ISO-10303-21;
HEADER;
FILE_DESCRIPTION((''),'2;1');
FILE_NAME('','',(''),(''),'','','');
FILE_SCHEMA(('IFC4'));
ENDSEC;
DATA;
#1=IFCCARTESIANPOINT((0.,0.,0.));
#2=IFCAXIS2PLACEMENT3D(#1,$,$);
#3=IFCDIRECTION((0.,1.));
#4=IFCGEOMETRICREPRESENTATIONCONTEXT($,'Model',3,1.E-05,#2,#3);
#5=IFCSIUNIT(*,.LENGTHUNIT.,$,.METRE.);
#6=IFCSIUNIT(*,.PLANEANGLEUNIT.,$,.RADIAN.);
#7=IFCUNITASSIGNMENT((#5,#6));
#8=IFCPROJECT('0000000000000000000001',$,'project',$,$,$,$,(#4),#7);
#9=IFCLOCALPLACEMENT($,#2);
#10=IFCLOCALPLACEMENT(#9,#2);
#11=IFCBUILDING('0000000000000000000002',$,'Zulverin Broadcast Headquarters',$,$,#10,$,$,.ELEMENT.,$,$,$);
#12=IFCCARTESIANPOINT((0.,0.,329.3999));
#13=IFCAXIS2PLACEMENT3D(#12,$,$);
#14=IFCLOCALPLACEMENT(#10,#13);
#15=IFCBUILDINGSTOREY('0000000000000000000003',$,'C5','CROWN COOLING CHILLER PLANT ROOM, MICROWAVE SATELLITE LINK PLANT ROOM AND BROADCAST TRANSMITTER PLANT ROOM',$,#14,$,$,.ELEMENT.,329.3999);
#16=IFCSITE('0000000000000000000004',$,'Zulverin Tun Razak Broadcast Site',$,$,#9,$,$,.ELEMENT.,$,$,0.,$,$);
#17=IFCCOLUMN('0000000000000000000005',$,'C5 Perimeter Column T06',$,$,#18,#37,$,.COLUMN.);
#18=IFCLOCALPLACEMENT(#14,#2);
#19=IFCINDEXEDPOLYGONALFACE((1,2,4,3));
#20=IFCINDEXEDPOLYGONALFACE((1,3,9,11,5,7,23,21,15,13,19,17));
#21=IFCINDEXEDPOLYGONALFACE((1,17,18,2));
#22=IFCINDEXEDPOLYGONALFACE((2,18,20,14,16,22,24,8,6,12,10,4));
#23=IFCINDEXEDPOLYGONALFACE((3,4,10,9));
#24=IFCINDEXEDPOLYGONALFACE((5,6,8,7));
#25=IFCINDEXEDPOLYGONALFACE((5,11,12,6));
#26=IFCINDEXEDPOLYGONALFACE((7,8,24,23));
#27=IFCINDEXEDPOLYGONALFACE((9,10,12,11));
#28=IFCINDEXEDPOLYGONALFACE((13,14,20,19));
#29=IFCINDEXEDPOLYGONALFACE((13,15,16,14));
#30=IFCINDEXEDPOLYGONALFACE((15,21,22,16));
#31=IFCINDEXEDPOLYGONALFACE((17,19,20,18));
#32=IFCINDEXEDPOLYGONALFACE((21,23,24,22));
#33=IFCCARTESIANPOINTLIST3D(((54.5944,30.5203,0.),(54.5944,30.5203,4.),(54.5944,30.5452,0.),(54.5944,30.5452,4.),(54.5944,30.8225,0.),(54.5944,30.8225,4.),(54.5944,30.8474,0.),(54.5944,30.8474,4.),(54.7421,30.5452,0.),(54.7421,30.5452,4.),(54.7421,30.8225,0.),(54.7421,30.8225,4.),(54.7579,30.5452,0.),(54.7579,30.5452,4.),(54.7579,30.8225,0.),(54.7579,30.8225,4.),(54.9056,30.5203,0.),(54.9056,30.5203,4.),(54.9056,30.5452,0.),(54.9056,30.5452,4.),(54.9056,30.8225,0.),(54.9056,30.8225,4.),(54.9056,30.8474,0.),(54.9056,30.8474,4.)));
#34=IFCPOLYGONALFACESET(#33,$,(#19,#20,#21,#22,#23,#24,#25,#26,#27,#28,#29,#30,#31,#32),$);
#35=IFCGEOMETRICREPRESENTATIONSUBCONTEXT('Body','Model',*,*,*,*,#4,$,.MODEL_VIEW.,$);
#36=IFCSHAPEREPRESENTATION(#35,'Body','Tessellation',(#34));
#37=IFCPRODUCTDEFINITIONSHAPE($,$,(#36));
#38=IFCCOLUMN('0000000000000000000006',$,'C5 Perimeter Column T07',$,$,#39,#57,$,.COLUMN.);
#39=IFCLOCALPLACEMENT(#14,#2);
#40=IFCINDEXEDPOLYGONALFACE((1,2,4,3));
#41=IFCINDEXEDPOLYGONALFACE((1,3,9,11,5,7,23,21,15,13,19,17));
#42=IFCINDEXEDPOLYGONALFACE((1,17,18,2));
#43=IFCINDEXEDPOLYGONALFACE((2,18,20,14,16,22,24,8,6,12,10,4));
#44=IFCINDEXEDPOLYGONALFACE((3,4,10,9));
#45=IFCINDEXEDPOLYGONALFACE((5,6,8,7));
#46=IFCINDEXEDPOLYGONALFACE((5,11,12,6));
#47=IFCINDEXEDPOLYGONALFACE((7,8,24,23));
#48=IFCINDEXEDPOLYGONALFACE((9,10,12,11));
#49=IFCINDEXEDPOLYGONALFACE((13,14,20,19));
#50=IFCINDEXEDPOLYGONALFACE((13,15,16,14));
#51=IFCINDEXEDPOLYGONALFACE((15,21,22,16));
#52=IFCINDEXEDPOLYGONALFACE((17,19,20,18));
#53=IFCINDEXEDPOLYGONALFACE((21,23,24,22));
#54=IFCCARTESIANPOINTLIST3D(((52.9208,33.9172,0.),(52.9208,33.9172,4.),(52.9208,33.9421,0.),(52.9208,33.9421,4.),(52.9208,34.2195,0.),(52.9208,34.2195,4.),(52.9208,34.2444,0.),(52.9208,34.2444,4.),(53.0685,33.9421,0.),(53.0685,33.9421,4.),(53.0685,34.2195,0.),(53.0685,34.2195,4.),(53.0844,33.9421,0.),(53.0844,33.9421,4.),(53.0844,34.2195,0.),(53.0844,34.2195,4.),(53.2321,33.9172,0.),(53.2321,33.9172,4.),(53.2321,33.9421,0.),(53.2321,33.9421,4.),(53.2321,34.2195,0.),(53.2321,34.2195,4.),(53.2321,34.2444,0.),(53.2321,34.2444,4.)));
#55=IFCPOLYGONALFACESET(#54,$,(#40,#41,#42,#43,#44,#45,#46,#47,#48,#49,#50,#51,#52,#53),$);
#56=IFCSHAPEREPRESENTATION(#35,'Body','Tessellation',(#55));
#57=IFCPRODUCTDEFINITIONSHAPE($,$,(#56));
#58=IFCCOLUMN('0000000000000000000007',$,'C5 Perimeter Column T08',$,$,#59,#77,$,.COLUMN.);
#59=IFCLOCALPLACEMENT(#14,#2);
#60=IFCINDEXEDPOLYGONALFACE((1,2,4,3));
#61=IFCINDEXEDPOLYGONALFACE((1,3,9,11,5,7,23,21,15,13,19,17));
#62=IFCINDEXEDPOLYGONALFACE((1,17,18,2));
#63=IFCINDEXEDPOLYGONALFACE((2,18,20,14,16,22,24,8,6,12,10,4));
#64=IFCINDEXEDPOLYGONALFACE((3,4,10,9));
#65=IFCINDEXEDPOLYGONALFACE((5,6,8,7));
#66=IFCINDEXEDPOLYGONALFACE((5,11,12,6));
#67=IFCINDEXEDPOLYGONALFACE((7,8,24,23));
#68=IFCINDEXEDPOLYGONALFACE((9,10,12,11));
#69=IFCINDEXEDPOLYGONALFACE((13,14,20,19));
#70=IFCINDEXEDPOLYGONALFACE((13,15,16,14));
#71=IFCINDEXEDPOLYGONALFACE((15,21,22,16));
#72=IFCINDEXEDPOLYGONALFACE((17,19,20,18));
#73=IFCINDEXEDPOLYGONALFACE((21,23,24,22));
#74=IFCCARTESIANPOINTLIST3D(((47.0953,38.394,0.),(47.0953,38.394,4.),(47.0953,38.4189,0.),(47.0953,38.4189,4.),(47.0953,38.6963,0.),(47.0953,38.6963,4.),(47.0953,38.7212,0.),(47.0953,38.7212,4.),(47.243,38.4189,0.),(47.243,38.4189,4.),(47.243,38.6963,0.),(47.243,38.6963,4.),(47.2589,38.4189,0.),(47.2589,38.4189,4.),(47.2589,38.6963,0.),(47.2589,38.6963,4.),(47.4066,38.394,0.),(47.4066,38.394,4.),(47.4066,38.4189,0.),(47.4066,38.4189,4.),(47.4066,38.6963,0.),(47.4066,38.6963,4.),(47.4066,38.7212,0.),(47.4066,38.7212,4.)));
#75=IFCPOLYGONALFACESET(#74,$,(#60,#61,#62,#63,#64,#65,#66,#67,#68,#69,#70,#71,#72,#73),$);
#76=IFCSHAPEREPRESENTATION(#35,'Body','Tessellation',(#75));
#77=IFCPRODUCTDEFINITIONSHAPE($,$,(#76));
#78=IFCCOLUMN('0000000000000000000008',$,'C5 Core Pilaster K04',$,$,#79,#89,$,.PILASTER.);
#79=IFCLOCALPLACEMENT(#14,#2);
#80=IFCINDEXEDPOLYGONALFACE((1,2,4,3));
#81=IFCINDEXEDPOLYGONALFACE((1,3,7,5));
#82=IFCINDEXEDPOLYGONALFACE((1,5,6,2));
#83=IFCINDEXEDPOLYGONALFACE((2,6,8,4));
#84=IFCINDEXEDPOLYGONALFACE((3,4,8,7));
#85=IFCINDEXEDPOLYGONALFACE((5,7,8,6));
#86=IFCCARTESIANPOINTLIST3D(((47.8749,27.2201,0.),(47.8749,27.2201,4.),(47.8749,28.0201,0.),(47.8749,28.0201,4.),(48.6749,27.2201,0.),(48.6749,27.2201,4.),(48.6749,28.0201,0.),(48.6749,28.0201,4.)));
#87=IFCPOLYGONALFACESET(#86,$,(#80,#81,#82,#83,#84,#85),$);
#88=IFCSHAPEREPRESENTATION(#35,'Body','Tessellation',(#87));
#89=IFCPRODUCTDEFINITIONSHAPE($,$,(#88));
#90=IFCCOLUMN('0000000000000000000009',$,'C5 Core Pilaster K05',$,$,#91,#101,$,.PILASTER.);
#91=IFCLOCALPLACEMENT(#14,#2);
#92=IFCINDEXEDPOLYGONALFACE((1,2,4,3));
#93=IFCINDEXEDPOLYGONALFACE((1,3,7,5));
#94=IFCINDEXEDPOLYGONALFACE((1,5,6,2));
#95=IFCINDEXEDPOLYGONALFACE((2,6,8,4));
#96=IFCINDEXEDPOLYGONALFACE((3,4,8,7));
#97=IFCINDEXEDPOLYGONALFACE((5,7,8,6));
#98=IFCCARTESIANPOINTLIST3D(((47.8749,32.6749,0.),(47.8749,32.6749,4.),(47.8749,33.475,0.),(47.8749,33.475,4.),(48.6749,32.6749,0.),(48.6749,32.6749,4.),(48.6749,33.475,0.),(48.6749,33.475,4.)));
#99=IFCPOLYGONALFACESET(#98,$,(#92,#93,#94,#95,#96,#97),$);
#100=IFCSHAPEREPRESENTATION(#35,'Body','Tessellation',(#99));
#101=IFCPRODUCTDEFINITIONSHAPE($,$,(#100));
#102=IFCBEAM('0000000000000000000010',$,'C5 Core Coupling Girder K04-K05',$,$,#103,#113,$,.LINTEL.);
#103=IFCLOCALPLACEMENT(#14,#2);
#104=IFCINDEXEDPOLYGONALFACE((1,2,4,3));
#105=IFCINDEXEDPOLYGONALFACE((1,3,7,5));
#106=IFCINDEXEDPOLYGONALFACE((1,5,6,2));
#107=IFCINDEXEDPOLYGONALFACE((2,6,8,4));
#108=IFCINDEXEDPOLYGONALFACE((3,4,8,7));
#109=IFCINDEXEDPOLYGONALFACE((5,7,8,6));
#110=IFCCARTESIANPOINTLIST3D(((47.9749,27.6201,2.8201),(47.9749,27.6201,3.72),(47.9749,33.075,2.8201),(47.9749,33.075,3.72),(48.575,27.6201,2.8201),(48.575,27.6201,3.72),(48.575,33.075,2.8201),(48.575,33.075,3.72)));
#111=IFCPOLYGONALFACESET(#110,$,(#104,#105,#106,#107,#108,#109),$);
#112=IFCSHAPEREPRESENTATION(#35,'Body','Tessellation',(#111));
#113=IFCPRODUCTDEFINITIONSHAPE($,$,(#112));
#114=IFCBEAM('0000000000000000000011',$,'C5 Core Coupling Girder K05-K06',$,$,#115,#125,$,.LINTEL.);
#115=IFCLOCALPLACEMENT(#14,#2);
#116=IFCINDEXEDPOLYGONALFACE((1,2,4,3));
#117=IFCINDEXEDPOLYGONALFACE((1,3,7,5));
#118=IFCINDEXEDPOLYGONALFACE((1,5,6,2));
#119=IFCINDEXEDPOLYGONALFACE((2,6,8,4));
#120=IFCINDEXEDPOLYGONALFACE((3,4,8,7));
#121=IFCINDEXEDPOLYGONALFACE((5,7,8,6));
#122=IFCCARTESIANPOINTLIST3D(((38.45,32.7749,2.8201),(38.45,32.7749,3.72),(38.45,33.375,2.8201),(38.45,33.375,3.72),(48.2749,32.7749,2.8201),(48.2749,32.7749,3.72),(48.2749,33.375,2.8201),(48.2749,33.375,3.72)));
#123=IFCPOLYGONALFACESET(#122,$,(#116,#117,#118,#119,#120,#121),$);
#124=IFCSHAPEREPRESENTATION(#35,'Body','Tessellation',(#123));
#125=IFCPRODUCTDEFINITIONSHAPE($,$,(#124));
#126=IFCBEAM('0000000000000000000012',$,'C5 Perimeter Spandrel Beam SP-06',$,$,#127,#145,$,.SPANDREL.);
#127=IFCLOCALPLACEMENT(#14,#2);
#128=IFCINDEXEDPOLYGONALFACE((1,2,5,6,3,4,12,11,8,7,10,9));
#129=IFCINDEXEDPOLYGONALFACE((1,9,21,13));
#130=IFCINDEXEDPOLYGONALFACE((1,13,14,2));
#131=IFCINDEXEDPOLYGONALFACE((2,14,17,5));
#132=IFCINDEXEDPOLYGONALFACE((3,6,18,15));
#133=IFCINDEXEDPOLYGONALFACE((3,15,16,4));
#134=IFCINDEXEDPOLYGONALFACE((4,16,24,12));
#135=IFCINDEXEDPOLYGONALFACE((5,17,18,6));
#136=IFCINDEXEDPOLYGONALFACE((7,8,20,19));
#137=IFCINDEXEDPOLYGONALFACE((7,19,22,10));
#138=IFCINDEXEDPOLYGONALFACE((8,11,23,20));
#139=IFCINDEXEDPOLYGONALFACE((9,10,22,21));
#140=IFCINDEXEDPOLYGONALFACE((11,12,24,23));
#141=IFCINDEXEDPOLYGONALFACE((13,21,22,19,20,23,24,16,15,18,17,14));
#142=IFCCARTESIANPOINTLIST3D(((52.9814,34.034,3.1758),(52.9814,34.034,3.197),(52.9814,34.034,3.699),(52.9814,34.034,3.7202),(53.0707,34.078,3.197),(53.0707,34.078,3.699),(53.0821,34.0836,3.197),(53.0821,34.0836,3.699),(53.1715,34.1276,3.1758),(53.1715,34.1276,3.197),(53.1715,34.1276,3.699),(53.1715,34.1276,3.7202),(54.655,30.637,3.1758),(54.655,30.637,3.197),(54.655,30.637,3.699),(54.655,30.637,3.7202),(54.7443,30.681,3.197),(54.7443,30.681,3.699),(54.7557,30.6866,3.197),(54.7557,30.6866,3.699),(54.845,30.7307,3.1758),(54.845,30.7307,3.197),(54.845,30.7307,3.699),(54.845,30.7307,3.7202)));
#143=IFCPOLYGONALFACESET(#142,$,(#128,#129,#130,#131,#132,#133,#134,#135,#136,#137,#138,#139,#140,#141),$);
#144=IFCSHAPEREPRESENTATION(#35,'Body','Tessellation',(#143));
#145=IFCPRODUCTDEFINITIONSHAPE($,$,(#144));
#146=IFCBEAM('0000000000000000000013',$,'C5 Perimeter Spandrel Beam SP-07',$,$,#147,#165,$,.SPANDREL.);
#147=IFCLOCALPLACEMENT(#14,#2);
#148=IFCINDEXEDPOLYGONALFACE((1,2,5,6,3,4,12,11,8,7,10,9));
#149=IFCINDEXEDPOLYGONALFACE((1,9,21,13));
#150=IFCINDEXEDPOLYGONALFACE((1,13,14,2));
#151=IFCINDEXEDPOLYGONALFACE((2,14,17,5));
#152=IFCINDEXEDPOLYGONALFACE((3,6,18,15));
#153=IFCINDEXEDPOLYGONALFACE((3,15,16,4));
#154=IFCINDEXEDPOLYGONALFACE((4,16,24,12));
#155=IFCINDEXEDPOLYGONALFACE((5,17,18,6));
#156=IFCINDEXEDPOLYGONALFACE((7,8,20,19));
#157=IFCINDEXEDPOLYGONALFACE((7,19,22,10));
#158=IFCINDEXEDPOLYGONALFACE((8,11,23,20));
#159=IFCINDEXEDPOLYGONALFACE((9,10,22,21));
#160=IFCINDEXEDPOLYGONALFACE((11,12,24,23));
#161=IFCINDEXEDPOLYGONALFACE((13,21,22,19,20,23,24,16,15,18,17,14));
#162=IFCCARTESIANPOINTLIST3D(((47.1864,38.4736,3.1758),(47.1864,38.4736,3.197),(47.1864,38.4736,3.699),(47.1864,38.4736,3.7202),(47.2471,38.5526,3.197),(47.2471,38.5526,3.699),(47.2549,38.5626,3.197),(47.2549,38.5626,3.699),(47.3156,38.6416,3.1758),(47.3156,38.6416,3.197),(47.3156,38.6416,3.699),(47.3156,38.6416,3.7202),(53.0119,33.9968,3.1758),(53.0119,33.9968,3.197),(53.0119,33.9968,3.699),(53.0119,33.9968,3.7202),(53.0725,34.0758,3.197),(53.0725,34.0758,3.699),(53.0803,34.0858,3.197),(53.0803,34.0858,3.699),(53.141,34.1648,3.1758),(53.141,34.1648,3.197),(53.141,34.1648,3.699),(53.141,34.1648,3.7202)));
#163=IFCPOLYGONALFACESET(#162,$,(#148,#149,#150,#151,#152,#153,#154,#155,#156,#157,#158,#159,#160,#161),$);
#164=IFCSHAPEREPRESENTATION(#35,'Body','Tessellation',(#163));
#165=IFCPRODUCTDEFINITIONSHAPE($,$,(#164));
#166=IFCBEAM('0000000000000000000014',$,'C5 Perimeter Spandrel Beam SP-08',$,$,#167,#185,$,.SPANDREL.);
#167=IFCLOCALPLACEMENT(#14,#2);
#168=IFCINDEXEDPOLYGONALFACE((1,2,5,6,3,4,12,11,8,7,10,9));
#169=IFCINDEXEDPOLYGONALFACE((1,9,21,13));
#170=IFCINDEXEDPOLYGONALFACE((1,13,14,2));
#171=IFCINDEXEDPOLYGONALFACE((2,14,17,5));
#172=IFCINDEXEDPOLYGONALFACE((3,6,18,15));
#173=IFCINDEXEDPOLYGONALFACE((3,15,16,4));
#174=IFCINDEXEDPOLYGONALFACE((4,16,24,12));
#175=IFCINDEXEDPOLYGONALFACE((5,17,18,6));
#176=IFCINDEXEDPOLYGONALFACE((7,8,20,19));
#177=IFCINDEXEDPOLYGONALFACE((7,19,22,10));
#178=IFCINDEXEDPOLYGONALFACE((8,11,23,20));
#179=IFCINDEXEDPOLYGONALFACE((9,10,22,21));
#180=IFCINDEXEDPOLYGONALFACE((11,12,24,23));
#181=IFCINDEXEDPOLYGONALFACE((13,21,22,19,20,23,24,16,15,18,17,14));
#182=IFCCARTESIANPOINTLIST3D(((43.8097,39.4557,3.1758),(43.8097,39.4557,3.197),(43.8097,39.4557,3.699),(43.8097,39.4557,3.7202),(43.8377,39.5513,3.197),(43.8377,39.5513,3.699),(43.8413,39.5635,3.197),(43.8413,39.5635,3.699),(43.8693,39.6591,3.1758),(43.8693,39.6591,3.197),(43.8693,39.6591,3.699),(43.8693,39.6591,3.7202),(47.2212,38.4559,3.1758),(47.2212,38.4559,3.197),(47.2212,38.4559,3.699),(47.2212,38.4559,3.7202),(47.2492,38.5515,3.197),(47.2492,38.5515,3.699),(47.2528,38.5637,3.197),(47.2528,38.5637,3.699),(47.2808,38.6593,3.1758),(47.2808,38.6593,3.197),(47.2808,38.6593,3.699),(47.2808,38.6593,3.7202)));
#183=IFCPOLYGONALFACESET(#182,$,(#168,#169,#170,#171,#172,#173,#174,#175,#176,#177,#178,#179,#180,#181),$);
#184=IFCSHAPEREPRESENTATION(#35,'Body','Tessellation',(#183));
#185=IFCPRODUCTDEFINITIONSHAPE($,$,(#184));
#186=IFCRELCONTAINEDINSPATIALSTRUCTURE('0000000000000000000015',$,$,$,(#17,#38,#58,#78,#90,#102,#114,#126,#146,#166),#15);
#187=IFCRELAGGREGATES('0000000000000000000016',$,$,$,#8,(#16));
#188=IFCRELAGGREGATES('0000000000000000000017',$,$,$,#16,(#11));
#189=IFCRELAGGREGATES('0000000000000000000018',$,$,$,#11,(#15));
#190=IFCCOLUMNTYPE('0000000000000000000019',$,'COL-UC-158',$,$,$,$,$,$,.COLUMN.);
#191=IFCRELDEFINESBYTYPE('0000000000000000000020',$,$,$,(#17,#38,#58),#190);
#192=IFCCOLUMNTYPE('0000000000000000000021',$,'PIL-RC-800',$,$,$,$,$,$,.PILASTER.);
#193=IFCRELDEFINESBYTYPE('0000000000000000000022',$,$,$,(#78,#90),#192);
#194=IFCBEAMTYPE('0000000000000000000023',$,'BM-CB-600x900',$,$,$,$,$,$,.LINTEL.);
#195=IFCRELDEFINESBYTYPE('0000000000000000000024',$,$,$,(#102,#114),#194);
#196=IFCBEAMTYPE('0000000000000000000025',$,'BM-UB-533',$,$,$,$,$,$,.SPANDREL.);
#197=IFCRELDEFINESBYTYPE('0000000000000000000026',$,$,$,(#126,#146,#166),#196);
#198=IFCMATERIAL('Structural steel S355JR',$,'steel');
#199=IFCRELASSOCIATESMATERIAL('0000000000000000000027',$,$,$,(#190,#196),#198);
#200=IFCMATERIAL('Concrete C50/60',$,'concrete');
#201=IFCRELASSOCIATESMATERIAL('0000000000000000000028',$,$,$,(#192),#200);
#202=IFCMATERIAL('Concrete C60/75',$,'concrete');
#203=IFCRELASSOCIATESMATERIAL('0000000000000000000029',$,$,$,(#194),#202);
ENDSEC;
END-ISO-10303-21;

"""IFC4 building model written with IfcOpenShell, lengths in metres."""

from ifc_helpers import new_model, si_unit, direction, frame, origin, origin_2d, place, context, subcontext, project, spatial, rectangle, i_section, extrude, material, material_profile, profile_set, type_object, element, save


model = new_model("IFC4")

# Units and contexts
model_context = context("Model", 3, precision=1e-05, world=origin(), true_north=direction((0.0, 1.0)))
body_context = subcontext(model_context, "Body", "Model", "MODEL_VIEW")
ifc_project = project(units=[si_unit("LENGTHUNIT", "METRE"), si_unit("PLANEANGLEUNIT", "RADIAN")], contexts=[model_context])

# Site, building, storey
site_placement = place(None, origin())
site = spatial("IfcSite", under=ifc_project, at=site_placement, Name="Zulverin Tun Razak Broadcast Site", CompositionType="ELEMENT", RefElevation=0.0)
building_placement = place(site_placement, origin())
building = spatial("IfcBuilding", under=site, at=building_placement, Name="Zulverin Broadcast Headquarters", CompositionType="ELEMENT")
storey_placement = place(building_placement, frame((0.0, 0.0, 329.3999)))
storey = spatial("IfcBuildingStorey", under=building, at=storey_placement, Name="C5", Description="CROWN COOLING CHILLER PLANT ROOM, MICROWAVE SATELLITE LINK PLANT ROOM AND BROADCAST TRANSMITTER PLANT ROOM", CompositionType="ELEMENT", Elevation=329.3999)

# Columns
ifc_material_1 = material(Name="Structural steel S355JR", Category="steel")
ifc_material_profile_1 = material_profile(ifc_material_1, i_section(OverallWidth=0.3113, OverallDepth=0.3271, WebThickness=0.0159, FlangeThickness=0.0249, at=origin_2d()), Name="Structural steel S355JR", Category="steel")
ifc_profile_set_1 = profile_set([ifc_material_profile_1], Name="Structural steel S355JR")
column_type_1 = type_object("IfcColumnType", Name="COL-UC-158", PredefinedType="COLUMN", material=ifc_profile_set_1)
for number, where, z_axis, x_axis, name in (
    (1, (54.75, 30.6838, 0.0), (0.0, 0.0, 1.0), (1.0, 0.0, 0.0), "C5 Perimeter Column T06"),
    (2, (53.0764, 34.0808, 0.0), (0.0, 0.0, 1.0), (1.0, 0.0, 0.0), "C5 Perimeter Column T07"),
    (3, (47.251, 38.5576, 0.0), (0.0, 0.0, 1.0), (1.0, 0.0, 0.0), "C5 Perimeter Column T08"),
):
    element("IfcColumn", number, at=place(storey_placement, frame(where, z_axis=z_axis, x_axis=x_axis)), inside=storey, type_object=column_type_1, Name=name, PredefinedType="COLUMN", context=body_context, shape_type="SweptSolid", body=[
        extrude(i_section(OverallWidth=0.3113, OverallDepth=0.3271, WebThickness=0.0159, FlangeThickness=0.0249, at=origin_2d()), origin(), (0.0, 0.0, 1.0), 4.0),
    ])
ifc_material_2 = material(Name="Concrete C50/60", Category="concrete")
ifc_material_profile_2 = material_profile(ifc_material_2, rectangle(XDim=0.8, YDim=0.8, at=origin_2d()), Name="Concrete C50/60", Category="concrete")
ifc_profile_set_2 = profile_set([ifc_material_profile_2], Name="Concrete C50/60")
column_type_2 = type_object("IfcColumnType", Name="PIL-RC-800", PredefinedType="PILASTER", material=ifc_profile_set_2)
for number, where, z_axis, x_axis, name in (
    (4, (48.2749, 27.6201, 0.0), (0.0, 0.0, 1.0), (1.0, 0.0, 0.0), "C5 Core Pilaster K04"),
    (5, (48.2749, 33.075, 0.0), (0.0, 0.0, 1.0), (1.0, 0.0, 0.0), "C5 Core Pilaster K05"),
):
    element("IfcColumn", number, at=place(storey_placement, frame(where, z_axis=z_axis, x_axis=x_axis)), inside=storey, type_object=column_type_2, Name=name, PredefinedType="PILASTER", context=body_context, shape_type="SweptSolid", body=[
        extrude(rectangle(XDim=0.8, YDim=0.8, at=origin_2d()), origin(), (0.0, 0.0, 1.0), 4.0),
    ])

# Beams
ifc_material_3 = material(Name="Concrete C60/75", Category="concrete")
ifc_material_profile_3 = material_profile(ifc_material_3, rectangle(XDim=0.6001, YDim=0.8999, at=origin_2d()), Name="Concrete C60/75", Category="concrete")
ifc_profile_set_3 = profile_set([ifc_material_profile_3], Name="Concrete C60/75")
beam_type_1 = type_object("IfcBeamType", Name="BM-CB-600x900", PredefinedType="LINTEL", material=ifc_profile_set_3)
beam_1_placement = place(storey_placement, frame((48.2749, 27.6201, 3.27), z_axis=(0.0, 1.0, 0.0), x_axis=(-1.0, 0.0, 0.0)))
element("IfcBeam", 6, at=beam_1_placement, inside=storey, type_object=beam_type_1, Name="C5 Core Coupling Girder K04-K05", PredefinedType="LINTEL", context=body_context, shape_type="SweptSolid", body=[
    extrude(rectangle(XDim=0.6001, YDim=0.8999, at=origin_2d()), origin(), (0.0, 0.0, 1.0), 5.4548),
])
beam_2_placement = place(storey_placement, frame((48.2749, 33.075, 3.27), z_axis=(-1.0, 0.0, 0.0), x_axis=(0.0, -1.0, 0.0)))
element("IfcBeam", 7, at=beam_2_placement, inside=storey, type_object=beam_type_1, Name="C5 Core Coupling Girder K05-K06", PredefinedType="LINTEL", context=body_context, shape_type="SweptSolid", body=[
    extrude(rectangle(XDim=0.6001, YDim=0.8999, at=origin_2d()), origin(), (0.0, 0.0, 1.0), 9.825),
])
ifc_material_profile_4 = material_profile(ifc_material_1, i_section(OverallWidth=0.2119, OverallDepth=0.5444, WebThickness=0.0127, FlangeThickness=0.0212, at=origin_2d()), Name="Structural steel S355JR", Category="steel")
ifc_profile_set_4 = profile_set([ifc_material_profile_4], Name="Structural steel S355JR")
beam_type_2 = type_object("IfcBeamType", Name="BM-UB-533", PredefinedType="SPANDREL", material=ifc_profile_set_4)
beam_3_placement = place(storey_placement, frame((54.75, 30.6838, 3.448), z_axis=(-0.441945, 0.897042, 0.0), x_axis=(-0.897042, -0.441945, 0.0)))
element("IfcBeam", 8, at=beam_3_placement, inside=storey, type_object=beam_type_2, Name="C5 Perimeter Spandrel Beam SP-06", PredefinedType="SPANDREL", context=body_context, shape_type="SweptSolid", body=[
    extrude(i_section(OverallWidth=0.2119, OverallDepth=0.5444, WebThickness=0.0127, FlangeThickness=0.0212, at=origin_2d()), origin(), (0.0, 0.0, 1.0), 3.7869),
])
beam_4_placement = place(storey_placement, frame((53.0764, 34.0808, 3.448), z_axis=(-0.792907, 0.609343, 0.0), x_axis=(-0.609343, -0.792907, 0.0)))
element("IfcBeam", 9, at=beam_4_placement, inside=storey, type_object=beam_type_2, Name="C5 Perimeter Spandrel Beam SP-07", PredefinedType="SPANDREL", context=body_context, shape_type="SweptSolid", body=[
    extrude(i_section(OverallWidth=0.2119, OverallDepth=0.5444, WebThickness=0.0127, FlangeThickness=0.0212, at=origin_2d()), origin(), (0.0, 0.0, 1.0), 7.3469),
])
beam_5_placement = place(storey_placement, frame((47.251, 38.5576, 3.448), z_axis=(-0.959638, 0.281237, 0.0), x_axis=(-0.281237, -0.959638, 0.0)))
element("IfcBeam", 10, at=beam_5_placement, inside=storey, type_object=beam_type_2, Name="C5 Perimeter Spandrel Beam SP-08", PredefinedType="SPANDREL", context=body_context, shape_type="SweptSolid", body=[
    extrude(i_section(OverallWidth=0.2119, OverallDepth=0.5444, WebThickness=0.0127, FlangeThickness=0.0212, at=origin_2d()), origin(), (0.0, 0.0, 1.0), 3.5549),
])

save(model, "model.ifc")
